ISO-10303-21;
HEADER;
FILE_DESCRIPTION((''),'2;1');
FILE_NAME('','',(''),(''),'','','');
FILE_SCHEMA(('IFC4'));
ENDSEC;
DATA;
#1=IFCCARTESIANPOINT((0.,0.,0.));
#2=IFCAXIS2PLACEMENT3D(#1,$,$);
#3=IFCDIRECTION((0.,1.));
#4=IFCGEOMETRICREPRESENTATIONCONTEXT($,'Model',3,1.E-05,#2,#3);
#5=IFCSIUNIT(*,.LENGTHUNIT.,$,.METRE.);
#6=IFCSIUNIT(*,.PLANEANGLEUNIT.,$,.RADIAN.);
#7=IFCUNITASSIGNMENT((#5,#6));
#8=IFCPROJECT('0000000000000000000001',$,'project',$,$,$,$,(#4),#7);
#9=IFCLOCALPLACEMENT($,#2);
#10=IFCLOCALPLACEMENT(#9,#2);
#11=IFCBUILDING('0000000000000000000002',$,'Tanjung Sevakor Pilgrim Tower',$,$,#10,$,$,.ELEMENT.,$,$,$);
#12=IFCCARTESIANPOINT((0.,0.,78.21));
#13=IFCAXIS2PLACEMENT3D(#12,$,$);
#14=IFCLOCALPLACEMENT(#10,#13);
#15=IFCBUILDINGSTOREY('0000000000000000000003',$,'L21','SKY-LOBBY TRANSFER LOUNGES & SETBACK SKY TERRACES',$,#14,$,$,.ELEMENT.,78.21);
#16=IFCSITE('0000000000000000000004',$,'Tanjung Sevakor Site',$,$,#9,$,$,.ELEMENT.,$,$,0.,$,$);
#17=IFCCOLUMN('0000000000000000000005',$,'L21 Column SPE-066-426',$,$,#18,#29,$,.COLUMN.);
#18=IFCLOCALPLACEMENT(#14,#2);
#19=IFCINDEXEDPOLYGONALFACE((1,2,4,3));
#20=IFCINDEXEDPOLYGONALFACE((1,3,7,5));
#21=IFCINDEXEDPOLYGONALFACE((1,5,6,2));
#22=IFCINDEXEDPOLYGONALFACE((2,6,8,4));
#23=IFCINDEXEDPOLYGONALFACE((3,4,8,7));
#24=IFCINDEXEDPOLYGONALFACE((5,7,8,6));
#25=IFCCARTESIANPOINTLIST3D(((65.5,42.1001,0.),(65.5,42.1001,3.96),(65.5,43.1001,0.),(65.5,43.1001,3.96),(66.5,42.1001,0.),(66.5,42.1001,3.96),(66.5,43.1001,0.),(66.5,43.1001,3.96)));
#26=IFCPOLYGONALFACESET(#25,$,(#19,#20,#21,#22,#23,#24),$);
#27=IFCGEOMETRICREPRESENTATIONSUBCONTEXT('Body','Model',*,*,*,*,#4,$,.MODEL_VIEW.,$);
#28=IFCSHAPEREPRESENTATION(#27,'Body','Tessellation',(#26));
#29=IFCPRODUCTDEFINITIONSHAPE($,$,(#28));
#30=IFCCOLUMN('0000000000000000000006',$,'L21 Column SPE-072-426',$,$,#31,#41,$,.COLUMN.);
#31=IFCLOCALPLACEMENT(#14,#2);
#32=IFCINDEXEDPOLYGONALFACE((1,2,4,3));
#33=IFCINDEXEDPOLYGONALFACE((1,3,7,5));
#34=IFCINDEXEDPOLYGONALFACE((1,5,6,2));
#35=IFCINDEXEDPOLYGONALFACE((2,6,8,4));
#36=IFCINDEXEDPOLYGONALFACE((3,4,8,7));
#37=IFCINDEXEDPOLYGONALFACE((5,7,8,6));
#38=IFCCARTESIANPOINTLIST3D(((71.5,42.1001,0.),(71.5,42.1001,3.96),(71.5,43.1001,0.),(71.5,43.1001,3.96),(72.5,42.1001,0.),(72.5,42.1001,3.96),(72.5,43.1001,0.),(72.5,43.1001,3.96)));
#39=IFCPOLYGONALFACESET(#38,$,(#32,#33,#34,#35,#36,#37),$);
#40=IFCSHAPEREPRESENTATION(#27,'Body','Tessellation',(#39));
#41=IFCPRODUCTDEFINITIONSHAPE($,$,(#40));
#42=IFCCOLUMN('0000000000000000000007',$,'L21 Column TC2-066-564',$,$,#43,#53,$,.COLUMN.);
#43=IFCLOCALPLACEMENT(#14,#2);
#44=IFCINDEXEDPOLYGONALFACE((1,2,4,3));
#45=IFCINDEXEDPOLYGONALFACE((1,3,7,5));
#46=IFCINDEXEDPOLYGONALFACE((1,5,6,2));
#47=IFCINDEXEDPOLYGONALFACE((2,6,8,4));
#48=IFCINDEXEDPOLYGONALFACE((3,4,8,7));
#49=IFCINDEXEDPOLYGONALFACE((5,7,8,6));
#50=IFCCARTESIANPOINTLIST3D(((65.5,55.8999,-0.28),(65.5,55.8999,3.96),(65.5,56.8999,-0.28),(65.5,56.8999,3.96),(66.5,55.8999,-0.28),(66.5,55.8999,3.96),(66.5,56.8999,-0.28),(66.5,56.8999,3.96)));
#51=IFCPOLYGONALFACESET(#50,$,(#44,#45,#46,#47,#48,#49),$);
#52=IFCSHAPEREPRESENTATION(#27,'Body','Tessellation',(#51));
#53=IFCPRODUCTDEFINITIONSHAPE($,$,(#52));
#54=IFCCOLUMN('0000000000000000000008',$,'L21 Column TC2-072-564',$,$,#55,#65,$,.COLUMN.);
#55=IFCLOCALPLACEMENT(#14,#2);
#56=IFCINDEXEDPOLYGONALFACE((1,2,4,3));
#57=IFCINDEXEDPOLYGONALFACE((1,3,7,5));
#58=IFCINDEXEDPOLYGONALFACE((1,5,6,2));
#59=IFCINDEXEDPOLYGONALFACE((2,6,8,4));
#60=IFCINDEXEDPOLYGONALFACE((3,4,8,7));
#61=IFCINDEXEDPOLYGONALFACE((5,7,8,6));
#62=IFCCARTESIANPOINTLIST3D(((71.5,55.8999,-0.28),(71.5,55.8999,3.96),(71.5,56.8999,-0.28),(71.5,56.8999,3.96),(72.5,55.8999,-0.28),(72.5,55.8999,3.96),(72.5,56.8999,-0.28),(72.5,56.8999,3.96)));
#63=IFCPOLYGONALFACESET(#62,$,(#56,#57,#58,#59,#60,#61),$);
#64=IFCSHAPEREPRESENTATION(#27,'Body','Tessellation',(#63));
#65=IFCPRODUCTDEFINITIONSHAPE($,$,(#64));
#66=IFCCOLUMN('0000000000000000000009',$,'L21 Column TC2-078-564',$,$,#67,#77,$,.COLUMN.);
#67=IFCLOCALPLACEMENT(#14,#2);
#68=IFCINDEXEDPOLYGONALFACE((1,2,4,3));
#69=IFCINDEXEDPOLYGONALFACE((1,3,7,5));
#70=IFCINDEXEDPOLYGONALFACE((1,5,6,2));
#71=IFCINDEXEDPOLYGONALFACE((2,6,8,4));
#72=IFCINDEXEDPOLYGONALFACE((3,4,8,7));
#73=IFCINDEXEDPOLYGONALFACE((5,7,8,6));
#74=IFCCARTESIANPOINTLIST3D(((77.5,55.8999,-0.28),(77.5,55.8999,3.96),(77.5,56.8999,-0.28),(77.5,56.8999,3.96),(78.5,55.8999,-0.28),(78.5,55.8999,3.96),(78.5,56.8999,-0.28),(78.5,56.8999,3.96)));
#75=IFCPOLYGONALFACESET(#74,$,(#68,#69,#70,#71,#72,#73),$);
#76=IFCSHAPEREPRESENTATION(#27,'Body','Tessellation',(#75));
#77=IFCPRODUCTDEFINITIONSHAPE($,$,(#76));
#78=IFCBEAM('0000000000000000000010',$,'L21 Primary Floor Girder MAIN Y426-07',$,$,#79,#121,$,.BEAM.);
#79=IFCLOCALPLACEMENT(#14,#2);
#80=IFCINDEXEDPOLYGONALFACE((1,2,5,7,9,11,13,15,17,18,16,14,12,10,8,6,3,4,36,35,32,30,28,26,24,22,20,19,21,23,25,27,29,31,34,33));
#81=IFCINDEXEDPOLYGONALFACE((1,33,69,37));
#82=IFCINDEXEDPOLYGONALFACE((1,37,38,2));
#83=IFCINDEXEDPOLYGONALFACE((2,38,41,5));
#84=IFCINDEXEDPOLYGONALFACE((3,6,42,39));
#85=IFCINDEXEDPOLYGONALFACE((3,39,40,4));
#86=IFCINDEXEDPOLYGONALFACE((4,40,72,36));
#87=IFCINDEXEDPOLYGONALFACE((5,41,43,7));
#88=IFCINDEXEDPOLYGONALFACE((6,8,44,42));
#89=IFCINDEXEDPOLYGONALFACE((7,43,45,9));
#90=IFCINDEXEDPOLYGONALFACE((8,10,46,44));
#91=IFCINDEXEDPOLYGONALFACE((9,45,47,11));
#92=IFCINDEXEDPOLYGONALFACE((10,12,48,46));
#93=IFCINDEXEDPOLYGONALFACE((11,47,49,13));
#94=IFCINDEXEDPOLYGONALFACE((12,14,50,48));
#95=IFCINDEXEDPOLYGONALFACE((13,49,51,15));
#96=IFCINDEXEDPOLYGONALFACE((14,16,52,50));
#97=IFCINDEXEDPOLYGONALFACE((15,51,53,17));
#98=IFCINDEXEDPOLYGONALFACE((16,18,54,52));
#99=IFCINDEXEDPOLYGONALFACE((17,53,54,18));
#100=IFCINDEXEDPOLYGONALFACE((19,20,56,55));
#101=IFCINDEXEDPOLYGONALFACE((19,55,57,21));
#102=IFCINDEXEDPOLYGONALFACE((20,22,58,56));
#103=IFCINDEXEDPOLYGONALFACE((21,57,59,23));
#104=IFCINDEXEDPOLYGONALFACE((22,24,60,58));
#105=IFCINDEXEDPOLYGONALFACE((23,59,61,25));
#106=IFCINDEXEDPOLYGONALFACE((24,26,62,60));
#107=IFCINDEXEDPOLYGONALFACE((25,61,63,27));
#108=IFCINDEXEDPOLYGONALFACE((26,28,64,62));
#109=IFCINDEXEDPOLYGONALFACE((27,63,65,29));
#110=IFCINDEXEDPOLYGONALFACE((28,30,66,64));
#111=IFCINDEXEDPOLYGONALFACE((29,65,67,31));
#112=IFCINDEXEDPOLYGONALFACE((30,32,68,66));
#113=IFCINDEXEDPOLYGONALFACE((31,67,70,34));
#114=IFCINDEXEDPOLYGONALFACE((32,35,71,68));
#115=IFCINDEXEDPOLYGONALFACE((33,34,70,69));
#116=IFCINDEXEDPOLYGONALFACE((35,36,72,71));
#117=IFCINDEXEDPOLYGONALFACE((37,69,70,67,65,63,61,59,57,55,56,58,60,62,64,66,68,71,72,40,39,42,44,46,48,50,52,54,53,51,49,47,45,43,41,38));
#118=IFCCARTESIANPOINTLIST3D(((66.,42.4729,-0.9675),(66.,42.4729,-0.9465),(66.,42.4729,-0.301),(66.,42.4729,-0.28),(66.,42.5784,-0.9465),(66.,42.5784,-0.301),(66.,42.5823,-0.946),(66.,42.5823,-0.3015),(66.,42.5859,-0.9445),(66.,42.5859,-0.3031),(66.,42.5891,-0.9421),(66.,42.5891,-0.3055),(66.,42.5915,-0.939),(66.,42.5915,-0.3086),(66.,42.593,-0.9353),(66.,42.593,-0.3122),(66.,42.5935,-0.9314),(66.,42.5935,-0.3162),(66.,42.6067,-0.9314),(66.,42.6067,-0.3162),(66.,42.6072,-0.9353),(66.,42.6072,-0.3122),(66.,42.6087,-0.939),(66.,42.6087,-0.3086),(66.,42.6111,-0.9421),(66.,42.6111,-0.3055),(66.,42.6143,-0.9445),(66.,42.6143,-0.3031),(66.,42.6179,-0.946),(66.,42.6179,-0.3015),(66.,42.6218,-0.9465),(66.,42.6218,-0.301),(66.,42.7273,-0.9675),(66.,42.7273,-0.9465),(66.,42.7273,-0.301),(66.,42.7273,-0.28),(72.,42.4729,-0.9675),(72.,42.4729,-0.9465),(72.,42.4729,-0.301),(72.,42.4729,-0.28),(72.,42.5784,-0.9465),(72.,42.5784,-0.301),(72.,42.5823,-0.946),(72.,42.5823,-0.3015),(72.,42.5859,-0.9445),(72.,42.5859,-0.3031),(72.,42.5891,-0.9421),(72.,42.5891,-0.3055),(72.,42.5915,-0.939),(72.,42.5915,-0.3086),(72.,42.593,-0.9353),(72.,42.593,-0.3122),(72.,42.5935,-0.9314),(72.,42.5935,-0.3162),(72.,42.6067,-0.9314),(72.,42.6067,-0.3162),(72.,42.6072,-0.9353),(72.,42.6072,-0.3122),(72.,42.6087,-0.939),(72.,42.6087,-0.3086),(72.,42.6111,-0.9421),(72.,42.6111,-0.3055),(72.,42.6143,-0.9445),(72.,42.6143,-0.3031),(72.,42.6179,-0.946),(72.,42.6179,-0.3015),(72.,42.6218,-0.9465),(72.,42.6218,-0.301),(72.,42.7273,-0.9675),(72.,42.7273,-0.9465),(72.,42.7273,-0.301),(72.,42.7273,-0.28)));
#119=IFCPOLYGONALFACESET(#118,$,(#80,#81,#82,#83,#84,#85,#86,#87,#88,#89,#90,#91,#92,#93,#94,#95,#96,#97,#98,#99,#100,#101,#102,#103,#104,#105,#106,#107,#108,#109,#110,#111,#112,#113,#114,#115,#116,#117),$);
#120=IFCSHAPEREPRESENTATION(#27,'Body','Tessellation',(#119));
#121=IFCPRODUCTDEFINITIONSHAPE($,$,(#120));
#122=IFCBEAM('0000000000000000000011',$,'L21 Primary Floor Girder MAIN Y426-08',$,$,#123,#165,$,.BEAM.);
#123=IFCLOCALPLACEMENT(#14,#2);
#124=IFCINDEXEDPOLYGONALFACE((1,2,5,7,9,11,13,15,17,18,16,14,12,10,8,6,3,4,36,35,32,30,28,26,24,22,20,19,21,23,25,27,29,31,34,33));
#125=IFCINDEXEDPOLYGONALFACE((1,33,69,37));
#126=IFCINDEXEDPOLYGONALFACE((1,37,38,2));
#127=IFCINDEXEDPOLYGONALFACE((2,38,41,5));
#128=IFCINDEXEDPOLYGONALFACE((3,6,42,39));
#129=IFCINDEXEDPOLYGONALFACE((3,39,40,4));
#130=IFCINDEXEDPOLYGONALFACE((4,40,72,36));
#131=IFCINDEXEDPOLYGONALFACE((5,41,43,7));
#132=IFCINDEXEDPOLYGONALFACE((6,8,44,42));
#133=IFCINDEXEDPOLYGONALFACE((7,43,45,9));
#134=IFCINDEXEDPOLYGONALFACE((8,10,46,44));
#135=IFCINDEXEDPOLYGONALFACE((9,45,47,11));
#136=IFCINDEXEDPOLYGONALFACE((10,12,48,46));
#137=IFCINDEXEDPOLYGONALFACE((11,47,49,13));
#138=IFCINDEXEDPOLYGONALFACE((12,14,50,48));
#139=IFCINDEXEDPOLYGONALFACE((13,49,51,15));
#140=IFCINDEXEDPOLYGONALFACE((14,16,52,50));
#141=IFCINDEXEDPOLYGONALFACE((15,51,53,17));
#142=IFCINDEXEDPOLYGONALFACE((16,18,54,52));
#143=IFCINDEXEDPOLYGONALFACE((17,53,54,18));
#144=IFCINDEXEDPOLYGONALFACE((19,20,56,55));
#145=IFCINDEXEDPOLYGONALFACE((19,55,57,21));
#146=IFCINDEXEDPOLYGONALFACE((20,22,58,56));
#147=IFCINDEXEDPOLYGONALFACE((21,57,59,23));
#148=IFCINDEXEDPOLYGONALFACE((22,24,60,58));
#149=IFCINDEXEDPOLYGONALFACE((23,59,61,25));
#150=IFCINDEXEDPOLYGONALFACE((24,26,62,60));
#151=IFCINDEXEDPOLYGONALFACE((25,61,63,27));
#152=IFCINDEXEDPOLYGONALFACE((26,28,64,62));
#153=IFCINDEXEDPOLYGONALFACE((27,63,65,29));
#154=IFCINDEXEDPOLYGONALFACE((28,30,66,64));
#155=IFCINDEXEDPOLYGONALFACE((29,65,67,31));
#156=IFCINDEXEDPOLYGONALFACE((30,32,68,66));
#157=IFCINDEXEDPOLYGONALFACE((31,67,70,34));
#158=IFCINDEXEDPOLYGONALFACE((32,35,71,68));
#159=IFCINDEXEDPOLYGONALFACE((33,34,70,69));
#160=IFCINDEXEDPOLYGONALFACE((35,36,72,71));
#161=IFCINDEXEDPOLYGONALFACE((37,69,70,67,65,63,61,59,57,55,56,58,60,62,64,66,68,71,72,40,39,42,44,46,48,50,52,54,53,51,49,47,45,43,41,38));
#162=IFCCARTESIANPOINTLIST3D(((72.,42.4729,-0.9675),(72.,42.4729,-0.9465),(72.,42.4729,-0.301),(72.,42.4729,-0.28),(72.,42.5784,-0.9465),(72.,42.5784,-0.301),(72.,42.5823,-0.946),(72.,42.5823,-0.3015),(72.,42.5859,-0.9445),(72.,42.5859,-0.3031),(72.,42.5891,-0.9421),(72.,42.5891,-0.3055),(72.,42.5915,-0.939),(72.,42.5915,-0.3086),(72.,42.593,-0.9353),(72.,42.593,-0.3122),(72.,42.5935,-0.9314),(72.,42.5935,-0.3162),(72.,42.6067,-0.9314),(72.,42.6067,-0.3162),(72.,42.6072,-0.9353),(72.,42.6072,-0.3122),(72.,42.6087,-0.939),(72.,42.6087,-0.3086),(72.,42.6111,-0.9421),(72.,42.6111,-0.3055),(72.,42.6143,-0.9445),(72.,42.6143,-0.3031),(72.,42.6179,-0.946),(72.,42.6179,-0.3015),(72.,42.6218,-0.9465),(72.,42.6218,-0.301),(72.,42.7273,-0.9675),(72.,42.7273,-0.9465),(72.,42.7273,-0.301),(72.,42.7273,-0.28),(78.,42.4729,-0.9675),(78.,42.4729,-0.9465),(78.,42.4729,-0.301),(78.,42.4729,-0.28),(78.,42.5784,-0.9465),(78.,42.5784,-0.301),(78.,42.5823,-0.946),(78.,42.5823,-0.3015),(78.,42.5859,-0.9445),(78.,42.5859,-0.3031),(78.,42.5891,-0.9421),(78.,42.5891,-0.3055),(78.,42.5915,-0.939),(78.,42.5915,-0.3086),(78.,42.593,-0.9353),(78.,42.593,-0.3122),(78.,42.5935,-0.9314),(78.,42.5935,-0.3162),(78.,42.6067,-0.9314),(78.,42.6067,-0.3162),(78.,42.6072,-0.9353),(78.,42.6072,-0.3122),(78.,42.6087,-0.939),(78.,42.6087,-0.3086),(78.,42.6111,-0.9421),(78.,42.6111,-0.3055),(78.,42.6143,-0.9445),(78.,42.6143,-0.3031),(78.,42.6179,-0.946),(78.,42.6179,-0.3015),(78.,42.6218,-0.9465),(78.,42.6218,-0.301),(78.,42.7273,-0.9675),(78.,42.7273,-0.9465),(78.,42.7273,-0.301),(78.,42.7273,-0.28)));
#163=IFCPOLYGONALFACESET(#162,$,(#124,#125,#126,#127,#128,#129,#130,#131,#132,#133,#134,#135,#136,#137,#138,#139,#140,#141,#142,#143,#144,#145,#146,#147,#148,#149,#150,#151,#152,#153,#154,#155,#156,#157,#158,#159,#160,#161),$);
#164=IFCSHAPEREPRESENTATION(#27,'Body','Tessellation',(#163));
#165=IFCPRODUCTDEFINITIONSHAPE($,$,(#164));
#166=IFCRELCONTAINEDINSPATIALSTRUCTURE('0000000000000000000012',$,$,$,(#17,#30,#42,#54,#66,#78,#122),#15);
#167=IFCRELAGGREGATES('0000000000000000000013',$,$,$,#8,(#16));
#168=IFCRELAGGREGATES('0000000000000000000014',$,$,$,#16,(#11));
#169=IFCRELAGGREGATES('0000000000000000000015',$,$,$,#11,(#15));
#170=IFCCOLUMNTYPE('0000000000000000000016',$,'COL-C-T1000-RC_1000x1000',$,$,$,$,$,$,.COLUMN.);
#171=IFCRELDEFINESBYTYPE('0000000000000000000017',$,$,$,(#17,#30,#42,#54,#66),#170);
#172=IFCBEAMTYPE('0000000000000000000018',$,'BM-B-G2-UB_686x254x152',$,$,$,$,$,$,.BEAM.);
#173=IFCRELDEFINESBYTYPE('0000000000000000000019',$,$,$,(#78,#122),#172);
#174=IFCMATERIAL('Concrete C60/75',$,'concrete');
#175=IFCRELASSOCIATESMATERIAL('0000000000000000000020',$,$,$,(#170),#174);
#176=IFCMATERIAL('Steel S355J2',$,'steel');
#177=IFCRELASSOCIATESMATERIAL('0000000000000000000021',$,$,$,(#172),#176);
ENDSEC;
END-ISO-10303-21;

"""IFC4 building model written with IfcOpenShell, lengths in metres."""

from ifc_helpers import new_model, si_unit, direction, frame, origin, origin_2d, place, context, subcontext, project, spatial, rectangle, i_section, extrude, material, material_profile, profile_set, type_object, element, save


model = new_model("IFC4")

# Units and contexts
model_context = context("Model", 3, precision=1e-05, world=origin(), true_north=direction((0.0, 1.0)))
body_context = subcontext(model_context, "Body", "Model", "MODEL_VIEW")
ifc_project = project(units=[si_unit("LENGTHUNIT", "METRE"), si_unit("PLANEANGLEUNIT", "RADIAN")], contexts=[model_context])

# Site, building, storey
site_placement = place(None, origin())
site = spatial("IfcSite", under=ifc_project, at=site_placement, Name="Tanjung Sevakor Site", CompositionType="ELEMENT", RefElevation=0.0)
building_placement = place(site_placement, origin())
building = spatial("IfcBuilding", under=site, at=building_placement, Name="Tanjung Sevakor Pilgrim Tower", CompositionType="ELEMENT")
storey_placement = place(building_placement, frame((0.0, 0.0, 78.21)))
storey = spatial("IfcBuildingStorey", under=building, at=storey_placement, Name="L21", Description="SKY-LOBBY TRANSFER LOUNGES & SETBACK SKY TERRACES", CompositionType="ELEMENT", Elevation=78.21)

# Columns
ifc_material_1 = material(Name="Concrete C60/75", Category="concrete")
ifc_material_profile_1 = material_profile(ifc_material_1, rectangle(XDim=1.0, YDim=1.0, at=origin_2d()))
ifc_profile_set_1 = profile_set([ifc_material_profile_1], Name="Concrete C60/75")
column_type = type_object("IfcColumnType", Name="COL-C-T1000-RC_1000x1000", PredefinedType="COLUMN", material=ifc_profile_set_1)
for number, where, z_axis, x_axis, name in (
    (1, (66.0, 42.6001, 0.0), (0.0, 0.0, 1.0), (1.0, 0.0, 0.0), "L21 Column SPE-066-426"),
    (2, (72.0, 42.6001, 0.0), (0.0, 0.0, 1.0), (1.0, 0.0, 0.0), "L21 Column SPE-072-426"),
):
    element("IfcColumn", number, at=place(storey_placement, frame(where, z_axis=z_axis, x_axis=x_axis)), inside=storey, type_object=column_type, Name=name, PredefinedType="COLUMN", context=body_context, shape_type="SweptSolid", body=[
        extrude(rectangle(XDim=1.0, YDim=1.0, at=origin_2d()), origin(), (0.0, 0.0, 1.0), 3.96),
    ])
for number, where, z_axis, x_axis, name in (
    (3, (66.0, 56.3999, -0.28), (0.0, 0.0, 1.0), (1.0, 0.0, 0.0), "L21 Column TC2-066-564"),
    (4, (72.0, 56.3999, -0.28), (0.0, 0.0, 1.0), (1.0, 0.0, 0.0), "L21 Column TC2-072-564"),
    (5, (78.0, 56.3999, -0.28), (0.0, 0.0, 1.0), (1.0, 0.0, 0.0), "L21 Column TC2-078-564"),
):
    element("IfcColumn", number, at=place(storey_placement, frame(where, z_axis=z_axis, x_axis=x_axis)), inside=storey, type_object=column_type, Name=name, PredefinedType="COLUMN", context=body_context, shape_type="SweptSolid", body=[
        extrude(rectangle(XDim=1.0, YDim=1.0, at=origin_2d()), origin(), (0.0, 0.0, 1.0), 4.24),
    ])

# Beams
ifc_material_2 = material(Name="Steel S355J2", Category="steel")
ifc_material_profile_2 = material_profile(ifc_material_2, i_section(OverallWidth=0.2544, OverallDepth=0.6875, WebThickness=0.0132, FlangeThickness=0.021, FilletRadius=0.0151, at=origin_2d()))
ifc_profile_set_2 = profile_set([ifc_material_profile_2], Name="Steel S355J2")
beam_type_1 = type_object("IfcBeamType", Name="BM-B-G2-UB_686x254x152", PredefinedType="BEAM", material=ifc_profile_set_2)
for number, where, z_axis, x_axis, name in (
    (6, (66.0, 42.6001, -0.6238), (1.0, 0.0, 0.0), (0.0, 1.0, 0.0), "L21 Primary Floor Girder MAIN Y426-07"),
    (7, (72.0, 42.6001, -0.6238), (1.0, 0.0, 0.0), (0.0, 1.0, 0.0), "L21 Primary Floor Girder MAIN Y426-08"),
):
    element("IfcBeam", number, at=place(storey_placement, frame(where, z_axis=z_axis, x_axis=x_axis)), inside=storey, type_object=beam_type_1, Name=name, PredefinedType="BEAM", context=body_context, shape_type="SweptSolid", body=[
        extrude(i_section(OverallWidth=0.2544, OverallDepth=0.6875, WebThickness=0.0132, FlangeThickness=0.021, FilletRadius=0.0151, at=origin_2d()), origin(), (0.0, 0.0, 1.0), 6.0),
    ])

save(model, "model.ifc")
